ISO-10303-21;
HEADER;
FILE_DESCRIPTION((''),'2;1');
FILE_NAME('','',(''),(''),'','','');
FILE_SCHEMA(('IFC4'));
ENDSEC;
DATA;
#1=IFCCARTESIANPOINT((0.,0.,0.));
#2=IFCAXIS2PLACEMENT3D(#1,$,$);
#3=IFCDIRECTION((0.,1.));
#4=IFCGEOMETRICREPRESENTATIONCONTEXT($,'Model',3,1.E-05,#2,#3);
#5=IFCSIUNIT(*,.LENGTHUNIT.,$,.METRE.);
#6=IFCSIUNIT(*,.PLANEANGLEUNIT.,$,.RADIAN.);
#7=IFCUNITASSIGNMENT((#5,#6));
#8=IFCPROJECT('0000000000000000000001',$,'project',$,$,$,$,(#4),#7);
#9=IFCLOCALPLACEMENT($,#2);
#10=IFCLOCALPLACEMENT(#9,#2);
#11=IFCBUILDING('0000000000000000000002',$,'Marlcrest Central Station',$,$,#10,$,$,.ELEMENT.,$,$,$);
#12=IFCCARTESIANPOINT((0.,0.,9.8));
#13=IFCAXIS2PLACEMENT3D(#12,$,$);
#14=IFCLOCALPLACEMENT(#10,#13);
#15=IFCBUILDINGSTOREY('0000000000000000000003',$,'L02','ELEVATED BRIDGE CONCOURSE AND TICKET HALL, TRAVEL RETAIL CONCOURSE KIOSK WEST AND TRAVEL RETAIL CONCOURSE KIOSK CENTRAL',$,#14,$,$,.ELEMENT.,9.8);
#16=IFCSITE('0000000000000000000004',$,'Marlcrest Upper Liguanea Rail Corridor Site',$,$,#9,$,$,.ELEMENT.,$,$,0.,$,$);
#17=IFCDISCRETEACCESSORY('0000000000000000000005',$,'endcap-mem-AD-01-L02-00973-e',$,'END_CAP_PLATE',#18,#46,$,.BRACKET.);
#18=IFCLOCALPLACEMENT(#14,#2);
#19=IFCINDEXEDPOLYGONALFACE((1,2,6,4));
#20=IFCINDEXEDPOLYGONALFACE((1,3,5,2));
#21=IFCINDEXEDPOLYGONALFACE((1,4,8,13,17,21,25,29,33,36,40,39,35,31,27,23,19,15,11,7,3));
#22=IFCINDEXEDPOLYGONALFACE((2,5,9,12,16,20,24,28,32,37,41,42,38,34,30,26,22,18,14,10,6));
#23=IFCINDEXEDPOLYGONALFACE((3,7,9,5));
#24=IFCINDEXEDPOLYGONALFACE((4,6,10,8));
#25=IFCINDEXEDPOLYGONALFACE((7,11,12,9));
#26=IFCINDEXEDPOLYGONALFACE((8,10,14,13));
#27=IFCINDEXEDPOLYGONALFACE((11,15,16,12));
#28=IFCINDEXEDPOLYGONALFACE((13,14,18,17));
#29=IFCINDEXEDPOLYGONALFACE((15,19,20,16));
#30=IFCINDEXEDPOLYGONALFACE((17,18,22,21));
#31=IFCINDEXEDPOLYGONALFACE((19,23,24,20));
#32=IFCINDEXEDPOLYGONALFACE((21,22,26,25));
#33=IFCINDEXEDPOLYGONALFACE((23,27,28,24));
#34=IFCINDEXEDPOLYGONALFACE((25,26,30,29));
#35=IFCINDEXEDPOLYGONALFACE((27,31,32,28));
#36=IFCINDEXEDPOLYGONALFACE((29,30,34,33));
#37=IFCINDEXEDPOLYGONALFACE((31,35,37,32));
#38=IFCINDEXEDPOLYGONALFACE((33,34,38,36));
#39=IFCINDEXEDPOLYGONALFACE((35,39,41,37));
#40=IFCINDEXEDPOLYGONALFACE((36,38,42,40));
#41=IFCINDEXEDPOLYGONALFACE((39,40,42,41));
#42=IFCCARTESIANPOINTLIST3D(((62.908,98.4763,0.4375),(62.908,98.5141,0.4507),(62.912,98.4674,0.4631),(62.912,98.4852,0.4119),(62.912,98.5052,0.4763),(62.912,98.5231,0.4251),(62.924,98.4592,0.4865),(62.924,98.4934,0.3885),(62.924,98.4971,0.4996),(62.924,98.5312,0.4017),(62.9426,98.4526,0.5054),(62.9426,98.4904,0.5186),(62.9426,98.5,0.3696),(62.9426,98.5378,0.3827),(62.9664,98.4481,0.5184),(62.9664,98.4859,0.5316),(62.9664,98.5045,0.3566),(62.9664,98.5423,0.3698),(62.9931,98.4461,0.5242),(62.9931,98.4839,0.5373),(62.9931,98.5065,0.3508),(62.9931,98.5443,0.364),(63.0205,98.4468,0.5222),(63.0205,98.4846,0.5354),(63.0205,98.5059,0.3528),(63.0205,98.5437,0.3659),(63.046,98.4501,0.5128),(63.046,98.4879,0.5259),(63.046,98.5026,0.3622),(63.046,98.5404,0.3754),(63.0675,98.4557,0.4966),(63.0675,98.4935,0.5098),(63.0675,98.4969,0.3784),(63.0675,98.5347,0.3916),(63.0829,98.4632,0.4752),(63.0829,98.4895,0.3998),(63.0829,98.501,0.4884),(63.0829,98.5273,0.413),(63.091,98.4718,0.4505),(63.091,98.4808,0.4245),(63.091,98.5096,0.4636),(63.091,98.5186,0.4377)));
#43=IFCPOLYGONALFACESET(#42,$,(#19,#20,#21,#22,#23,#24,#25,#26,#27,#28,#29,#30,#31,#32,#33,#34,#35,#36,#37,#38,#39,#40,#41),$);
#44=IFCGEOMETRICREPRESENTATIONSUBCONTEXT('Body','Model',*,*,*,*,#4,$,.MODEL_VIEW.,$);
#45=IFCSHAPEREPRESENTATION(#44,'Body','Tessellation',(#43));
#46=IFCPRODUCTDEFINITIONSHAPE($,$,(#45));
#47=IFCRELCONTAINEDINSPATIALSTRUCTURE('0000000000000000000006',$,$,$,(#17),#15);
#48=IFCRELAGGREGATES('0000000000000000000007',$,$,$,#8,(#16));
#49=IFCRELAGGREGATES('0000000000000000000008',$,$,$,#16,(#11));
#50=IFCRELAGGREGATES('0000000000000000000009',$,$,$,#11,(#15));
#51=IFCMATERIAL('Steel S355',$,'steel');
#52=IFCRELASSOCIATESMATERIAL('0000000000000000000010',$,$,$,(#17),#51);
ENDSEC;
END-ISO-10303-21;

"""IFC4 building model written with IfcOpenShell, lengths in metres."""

from ifc_helpers import new_model, si_unit, direction, frame, origin, origin_2d, place, context, subcontext, project, spatial, circle, extrude, material, element, save


model = new_model("IFC4")

# Units and contexts
model_context = context("Model", 3, precision=1e-05, world=origin(), true_north=direction((0.0, 1.0)))
body_context = subcontext(model_context, "Body", "Model", "MODEL_VIEW")
ifc_project = project(units=[si_unit("LENGTHUNIT", "METRE"), si_unit("PLANEANGLEUNIT", "RADIAN")], contexts=[model_context])

# Site, building, storey
site_placement = place(None, origin())
site = spatial("IfcSite", under=ifc_project, at=site_placement, Name="Marlcrest Upper Liguanea Rail Corridor Site", CompositionType="ELEMENT", RefElevation=0.0)
building_placement = place(site_placement, origin())
building = spatial("IfcBuilding", under=site, at=building_placement, Name="Marlcrest Central Station", CompositionType="ELEMENT")
storey_placement = place(building_placement, frame((0.0, 0.0, 9.8)))
storey = spatial("IfcBuildingStorey", under=building, at=storey_placement, Name="L02", Description="ELEVATED BRIDGE CONCOURSE AND TICKET HALL, TRAVEL RETAIL CONCOURSE KIOSK WEST AND TRAVEL RETAIL CONCOURSE KIOSK CENTRAL", CompositionType="ELEMENT", Elevation=9.8)

# Shared definitions
ifc_material_1 = material(Name="Steel S355", Category="steel")

# Discrete accessory
for number, where, z_axis, x_axis, name in (
    (1, (63.0, 98.4763, 0.4375), (0.0, 0.94426, 0.3292), (-1.0, 0.0, 0.0), "endcap-mem-AD-01-L02-00973-e"),
):
    element("IfcDiscreteAccessory", number, at=place(storey_placement, frame(where, z_axis=z_axis, x_axis=x_axis)), inside=storey, material=ifc_material_1, Name=name, ObjectType="END_CAP_PLATE", PredefinedType="BRACKET", context=body_context, shape_type="SweptSolid", body=[
        extrude(circle(Radius=0.092, at=origin_2d()), origin(), (0.0, 0.0, 1.0), 0.04),
    ])

save(model, "model.ifc")
